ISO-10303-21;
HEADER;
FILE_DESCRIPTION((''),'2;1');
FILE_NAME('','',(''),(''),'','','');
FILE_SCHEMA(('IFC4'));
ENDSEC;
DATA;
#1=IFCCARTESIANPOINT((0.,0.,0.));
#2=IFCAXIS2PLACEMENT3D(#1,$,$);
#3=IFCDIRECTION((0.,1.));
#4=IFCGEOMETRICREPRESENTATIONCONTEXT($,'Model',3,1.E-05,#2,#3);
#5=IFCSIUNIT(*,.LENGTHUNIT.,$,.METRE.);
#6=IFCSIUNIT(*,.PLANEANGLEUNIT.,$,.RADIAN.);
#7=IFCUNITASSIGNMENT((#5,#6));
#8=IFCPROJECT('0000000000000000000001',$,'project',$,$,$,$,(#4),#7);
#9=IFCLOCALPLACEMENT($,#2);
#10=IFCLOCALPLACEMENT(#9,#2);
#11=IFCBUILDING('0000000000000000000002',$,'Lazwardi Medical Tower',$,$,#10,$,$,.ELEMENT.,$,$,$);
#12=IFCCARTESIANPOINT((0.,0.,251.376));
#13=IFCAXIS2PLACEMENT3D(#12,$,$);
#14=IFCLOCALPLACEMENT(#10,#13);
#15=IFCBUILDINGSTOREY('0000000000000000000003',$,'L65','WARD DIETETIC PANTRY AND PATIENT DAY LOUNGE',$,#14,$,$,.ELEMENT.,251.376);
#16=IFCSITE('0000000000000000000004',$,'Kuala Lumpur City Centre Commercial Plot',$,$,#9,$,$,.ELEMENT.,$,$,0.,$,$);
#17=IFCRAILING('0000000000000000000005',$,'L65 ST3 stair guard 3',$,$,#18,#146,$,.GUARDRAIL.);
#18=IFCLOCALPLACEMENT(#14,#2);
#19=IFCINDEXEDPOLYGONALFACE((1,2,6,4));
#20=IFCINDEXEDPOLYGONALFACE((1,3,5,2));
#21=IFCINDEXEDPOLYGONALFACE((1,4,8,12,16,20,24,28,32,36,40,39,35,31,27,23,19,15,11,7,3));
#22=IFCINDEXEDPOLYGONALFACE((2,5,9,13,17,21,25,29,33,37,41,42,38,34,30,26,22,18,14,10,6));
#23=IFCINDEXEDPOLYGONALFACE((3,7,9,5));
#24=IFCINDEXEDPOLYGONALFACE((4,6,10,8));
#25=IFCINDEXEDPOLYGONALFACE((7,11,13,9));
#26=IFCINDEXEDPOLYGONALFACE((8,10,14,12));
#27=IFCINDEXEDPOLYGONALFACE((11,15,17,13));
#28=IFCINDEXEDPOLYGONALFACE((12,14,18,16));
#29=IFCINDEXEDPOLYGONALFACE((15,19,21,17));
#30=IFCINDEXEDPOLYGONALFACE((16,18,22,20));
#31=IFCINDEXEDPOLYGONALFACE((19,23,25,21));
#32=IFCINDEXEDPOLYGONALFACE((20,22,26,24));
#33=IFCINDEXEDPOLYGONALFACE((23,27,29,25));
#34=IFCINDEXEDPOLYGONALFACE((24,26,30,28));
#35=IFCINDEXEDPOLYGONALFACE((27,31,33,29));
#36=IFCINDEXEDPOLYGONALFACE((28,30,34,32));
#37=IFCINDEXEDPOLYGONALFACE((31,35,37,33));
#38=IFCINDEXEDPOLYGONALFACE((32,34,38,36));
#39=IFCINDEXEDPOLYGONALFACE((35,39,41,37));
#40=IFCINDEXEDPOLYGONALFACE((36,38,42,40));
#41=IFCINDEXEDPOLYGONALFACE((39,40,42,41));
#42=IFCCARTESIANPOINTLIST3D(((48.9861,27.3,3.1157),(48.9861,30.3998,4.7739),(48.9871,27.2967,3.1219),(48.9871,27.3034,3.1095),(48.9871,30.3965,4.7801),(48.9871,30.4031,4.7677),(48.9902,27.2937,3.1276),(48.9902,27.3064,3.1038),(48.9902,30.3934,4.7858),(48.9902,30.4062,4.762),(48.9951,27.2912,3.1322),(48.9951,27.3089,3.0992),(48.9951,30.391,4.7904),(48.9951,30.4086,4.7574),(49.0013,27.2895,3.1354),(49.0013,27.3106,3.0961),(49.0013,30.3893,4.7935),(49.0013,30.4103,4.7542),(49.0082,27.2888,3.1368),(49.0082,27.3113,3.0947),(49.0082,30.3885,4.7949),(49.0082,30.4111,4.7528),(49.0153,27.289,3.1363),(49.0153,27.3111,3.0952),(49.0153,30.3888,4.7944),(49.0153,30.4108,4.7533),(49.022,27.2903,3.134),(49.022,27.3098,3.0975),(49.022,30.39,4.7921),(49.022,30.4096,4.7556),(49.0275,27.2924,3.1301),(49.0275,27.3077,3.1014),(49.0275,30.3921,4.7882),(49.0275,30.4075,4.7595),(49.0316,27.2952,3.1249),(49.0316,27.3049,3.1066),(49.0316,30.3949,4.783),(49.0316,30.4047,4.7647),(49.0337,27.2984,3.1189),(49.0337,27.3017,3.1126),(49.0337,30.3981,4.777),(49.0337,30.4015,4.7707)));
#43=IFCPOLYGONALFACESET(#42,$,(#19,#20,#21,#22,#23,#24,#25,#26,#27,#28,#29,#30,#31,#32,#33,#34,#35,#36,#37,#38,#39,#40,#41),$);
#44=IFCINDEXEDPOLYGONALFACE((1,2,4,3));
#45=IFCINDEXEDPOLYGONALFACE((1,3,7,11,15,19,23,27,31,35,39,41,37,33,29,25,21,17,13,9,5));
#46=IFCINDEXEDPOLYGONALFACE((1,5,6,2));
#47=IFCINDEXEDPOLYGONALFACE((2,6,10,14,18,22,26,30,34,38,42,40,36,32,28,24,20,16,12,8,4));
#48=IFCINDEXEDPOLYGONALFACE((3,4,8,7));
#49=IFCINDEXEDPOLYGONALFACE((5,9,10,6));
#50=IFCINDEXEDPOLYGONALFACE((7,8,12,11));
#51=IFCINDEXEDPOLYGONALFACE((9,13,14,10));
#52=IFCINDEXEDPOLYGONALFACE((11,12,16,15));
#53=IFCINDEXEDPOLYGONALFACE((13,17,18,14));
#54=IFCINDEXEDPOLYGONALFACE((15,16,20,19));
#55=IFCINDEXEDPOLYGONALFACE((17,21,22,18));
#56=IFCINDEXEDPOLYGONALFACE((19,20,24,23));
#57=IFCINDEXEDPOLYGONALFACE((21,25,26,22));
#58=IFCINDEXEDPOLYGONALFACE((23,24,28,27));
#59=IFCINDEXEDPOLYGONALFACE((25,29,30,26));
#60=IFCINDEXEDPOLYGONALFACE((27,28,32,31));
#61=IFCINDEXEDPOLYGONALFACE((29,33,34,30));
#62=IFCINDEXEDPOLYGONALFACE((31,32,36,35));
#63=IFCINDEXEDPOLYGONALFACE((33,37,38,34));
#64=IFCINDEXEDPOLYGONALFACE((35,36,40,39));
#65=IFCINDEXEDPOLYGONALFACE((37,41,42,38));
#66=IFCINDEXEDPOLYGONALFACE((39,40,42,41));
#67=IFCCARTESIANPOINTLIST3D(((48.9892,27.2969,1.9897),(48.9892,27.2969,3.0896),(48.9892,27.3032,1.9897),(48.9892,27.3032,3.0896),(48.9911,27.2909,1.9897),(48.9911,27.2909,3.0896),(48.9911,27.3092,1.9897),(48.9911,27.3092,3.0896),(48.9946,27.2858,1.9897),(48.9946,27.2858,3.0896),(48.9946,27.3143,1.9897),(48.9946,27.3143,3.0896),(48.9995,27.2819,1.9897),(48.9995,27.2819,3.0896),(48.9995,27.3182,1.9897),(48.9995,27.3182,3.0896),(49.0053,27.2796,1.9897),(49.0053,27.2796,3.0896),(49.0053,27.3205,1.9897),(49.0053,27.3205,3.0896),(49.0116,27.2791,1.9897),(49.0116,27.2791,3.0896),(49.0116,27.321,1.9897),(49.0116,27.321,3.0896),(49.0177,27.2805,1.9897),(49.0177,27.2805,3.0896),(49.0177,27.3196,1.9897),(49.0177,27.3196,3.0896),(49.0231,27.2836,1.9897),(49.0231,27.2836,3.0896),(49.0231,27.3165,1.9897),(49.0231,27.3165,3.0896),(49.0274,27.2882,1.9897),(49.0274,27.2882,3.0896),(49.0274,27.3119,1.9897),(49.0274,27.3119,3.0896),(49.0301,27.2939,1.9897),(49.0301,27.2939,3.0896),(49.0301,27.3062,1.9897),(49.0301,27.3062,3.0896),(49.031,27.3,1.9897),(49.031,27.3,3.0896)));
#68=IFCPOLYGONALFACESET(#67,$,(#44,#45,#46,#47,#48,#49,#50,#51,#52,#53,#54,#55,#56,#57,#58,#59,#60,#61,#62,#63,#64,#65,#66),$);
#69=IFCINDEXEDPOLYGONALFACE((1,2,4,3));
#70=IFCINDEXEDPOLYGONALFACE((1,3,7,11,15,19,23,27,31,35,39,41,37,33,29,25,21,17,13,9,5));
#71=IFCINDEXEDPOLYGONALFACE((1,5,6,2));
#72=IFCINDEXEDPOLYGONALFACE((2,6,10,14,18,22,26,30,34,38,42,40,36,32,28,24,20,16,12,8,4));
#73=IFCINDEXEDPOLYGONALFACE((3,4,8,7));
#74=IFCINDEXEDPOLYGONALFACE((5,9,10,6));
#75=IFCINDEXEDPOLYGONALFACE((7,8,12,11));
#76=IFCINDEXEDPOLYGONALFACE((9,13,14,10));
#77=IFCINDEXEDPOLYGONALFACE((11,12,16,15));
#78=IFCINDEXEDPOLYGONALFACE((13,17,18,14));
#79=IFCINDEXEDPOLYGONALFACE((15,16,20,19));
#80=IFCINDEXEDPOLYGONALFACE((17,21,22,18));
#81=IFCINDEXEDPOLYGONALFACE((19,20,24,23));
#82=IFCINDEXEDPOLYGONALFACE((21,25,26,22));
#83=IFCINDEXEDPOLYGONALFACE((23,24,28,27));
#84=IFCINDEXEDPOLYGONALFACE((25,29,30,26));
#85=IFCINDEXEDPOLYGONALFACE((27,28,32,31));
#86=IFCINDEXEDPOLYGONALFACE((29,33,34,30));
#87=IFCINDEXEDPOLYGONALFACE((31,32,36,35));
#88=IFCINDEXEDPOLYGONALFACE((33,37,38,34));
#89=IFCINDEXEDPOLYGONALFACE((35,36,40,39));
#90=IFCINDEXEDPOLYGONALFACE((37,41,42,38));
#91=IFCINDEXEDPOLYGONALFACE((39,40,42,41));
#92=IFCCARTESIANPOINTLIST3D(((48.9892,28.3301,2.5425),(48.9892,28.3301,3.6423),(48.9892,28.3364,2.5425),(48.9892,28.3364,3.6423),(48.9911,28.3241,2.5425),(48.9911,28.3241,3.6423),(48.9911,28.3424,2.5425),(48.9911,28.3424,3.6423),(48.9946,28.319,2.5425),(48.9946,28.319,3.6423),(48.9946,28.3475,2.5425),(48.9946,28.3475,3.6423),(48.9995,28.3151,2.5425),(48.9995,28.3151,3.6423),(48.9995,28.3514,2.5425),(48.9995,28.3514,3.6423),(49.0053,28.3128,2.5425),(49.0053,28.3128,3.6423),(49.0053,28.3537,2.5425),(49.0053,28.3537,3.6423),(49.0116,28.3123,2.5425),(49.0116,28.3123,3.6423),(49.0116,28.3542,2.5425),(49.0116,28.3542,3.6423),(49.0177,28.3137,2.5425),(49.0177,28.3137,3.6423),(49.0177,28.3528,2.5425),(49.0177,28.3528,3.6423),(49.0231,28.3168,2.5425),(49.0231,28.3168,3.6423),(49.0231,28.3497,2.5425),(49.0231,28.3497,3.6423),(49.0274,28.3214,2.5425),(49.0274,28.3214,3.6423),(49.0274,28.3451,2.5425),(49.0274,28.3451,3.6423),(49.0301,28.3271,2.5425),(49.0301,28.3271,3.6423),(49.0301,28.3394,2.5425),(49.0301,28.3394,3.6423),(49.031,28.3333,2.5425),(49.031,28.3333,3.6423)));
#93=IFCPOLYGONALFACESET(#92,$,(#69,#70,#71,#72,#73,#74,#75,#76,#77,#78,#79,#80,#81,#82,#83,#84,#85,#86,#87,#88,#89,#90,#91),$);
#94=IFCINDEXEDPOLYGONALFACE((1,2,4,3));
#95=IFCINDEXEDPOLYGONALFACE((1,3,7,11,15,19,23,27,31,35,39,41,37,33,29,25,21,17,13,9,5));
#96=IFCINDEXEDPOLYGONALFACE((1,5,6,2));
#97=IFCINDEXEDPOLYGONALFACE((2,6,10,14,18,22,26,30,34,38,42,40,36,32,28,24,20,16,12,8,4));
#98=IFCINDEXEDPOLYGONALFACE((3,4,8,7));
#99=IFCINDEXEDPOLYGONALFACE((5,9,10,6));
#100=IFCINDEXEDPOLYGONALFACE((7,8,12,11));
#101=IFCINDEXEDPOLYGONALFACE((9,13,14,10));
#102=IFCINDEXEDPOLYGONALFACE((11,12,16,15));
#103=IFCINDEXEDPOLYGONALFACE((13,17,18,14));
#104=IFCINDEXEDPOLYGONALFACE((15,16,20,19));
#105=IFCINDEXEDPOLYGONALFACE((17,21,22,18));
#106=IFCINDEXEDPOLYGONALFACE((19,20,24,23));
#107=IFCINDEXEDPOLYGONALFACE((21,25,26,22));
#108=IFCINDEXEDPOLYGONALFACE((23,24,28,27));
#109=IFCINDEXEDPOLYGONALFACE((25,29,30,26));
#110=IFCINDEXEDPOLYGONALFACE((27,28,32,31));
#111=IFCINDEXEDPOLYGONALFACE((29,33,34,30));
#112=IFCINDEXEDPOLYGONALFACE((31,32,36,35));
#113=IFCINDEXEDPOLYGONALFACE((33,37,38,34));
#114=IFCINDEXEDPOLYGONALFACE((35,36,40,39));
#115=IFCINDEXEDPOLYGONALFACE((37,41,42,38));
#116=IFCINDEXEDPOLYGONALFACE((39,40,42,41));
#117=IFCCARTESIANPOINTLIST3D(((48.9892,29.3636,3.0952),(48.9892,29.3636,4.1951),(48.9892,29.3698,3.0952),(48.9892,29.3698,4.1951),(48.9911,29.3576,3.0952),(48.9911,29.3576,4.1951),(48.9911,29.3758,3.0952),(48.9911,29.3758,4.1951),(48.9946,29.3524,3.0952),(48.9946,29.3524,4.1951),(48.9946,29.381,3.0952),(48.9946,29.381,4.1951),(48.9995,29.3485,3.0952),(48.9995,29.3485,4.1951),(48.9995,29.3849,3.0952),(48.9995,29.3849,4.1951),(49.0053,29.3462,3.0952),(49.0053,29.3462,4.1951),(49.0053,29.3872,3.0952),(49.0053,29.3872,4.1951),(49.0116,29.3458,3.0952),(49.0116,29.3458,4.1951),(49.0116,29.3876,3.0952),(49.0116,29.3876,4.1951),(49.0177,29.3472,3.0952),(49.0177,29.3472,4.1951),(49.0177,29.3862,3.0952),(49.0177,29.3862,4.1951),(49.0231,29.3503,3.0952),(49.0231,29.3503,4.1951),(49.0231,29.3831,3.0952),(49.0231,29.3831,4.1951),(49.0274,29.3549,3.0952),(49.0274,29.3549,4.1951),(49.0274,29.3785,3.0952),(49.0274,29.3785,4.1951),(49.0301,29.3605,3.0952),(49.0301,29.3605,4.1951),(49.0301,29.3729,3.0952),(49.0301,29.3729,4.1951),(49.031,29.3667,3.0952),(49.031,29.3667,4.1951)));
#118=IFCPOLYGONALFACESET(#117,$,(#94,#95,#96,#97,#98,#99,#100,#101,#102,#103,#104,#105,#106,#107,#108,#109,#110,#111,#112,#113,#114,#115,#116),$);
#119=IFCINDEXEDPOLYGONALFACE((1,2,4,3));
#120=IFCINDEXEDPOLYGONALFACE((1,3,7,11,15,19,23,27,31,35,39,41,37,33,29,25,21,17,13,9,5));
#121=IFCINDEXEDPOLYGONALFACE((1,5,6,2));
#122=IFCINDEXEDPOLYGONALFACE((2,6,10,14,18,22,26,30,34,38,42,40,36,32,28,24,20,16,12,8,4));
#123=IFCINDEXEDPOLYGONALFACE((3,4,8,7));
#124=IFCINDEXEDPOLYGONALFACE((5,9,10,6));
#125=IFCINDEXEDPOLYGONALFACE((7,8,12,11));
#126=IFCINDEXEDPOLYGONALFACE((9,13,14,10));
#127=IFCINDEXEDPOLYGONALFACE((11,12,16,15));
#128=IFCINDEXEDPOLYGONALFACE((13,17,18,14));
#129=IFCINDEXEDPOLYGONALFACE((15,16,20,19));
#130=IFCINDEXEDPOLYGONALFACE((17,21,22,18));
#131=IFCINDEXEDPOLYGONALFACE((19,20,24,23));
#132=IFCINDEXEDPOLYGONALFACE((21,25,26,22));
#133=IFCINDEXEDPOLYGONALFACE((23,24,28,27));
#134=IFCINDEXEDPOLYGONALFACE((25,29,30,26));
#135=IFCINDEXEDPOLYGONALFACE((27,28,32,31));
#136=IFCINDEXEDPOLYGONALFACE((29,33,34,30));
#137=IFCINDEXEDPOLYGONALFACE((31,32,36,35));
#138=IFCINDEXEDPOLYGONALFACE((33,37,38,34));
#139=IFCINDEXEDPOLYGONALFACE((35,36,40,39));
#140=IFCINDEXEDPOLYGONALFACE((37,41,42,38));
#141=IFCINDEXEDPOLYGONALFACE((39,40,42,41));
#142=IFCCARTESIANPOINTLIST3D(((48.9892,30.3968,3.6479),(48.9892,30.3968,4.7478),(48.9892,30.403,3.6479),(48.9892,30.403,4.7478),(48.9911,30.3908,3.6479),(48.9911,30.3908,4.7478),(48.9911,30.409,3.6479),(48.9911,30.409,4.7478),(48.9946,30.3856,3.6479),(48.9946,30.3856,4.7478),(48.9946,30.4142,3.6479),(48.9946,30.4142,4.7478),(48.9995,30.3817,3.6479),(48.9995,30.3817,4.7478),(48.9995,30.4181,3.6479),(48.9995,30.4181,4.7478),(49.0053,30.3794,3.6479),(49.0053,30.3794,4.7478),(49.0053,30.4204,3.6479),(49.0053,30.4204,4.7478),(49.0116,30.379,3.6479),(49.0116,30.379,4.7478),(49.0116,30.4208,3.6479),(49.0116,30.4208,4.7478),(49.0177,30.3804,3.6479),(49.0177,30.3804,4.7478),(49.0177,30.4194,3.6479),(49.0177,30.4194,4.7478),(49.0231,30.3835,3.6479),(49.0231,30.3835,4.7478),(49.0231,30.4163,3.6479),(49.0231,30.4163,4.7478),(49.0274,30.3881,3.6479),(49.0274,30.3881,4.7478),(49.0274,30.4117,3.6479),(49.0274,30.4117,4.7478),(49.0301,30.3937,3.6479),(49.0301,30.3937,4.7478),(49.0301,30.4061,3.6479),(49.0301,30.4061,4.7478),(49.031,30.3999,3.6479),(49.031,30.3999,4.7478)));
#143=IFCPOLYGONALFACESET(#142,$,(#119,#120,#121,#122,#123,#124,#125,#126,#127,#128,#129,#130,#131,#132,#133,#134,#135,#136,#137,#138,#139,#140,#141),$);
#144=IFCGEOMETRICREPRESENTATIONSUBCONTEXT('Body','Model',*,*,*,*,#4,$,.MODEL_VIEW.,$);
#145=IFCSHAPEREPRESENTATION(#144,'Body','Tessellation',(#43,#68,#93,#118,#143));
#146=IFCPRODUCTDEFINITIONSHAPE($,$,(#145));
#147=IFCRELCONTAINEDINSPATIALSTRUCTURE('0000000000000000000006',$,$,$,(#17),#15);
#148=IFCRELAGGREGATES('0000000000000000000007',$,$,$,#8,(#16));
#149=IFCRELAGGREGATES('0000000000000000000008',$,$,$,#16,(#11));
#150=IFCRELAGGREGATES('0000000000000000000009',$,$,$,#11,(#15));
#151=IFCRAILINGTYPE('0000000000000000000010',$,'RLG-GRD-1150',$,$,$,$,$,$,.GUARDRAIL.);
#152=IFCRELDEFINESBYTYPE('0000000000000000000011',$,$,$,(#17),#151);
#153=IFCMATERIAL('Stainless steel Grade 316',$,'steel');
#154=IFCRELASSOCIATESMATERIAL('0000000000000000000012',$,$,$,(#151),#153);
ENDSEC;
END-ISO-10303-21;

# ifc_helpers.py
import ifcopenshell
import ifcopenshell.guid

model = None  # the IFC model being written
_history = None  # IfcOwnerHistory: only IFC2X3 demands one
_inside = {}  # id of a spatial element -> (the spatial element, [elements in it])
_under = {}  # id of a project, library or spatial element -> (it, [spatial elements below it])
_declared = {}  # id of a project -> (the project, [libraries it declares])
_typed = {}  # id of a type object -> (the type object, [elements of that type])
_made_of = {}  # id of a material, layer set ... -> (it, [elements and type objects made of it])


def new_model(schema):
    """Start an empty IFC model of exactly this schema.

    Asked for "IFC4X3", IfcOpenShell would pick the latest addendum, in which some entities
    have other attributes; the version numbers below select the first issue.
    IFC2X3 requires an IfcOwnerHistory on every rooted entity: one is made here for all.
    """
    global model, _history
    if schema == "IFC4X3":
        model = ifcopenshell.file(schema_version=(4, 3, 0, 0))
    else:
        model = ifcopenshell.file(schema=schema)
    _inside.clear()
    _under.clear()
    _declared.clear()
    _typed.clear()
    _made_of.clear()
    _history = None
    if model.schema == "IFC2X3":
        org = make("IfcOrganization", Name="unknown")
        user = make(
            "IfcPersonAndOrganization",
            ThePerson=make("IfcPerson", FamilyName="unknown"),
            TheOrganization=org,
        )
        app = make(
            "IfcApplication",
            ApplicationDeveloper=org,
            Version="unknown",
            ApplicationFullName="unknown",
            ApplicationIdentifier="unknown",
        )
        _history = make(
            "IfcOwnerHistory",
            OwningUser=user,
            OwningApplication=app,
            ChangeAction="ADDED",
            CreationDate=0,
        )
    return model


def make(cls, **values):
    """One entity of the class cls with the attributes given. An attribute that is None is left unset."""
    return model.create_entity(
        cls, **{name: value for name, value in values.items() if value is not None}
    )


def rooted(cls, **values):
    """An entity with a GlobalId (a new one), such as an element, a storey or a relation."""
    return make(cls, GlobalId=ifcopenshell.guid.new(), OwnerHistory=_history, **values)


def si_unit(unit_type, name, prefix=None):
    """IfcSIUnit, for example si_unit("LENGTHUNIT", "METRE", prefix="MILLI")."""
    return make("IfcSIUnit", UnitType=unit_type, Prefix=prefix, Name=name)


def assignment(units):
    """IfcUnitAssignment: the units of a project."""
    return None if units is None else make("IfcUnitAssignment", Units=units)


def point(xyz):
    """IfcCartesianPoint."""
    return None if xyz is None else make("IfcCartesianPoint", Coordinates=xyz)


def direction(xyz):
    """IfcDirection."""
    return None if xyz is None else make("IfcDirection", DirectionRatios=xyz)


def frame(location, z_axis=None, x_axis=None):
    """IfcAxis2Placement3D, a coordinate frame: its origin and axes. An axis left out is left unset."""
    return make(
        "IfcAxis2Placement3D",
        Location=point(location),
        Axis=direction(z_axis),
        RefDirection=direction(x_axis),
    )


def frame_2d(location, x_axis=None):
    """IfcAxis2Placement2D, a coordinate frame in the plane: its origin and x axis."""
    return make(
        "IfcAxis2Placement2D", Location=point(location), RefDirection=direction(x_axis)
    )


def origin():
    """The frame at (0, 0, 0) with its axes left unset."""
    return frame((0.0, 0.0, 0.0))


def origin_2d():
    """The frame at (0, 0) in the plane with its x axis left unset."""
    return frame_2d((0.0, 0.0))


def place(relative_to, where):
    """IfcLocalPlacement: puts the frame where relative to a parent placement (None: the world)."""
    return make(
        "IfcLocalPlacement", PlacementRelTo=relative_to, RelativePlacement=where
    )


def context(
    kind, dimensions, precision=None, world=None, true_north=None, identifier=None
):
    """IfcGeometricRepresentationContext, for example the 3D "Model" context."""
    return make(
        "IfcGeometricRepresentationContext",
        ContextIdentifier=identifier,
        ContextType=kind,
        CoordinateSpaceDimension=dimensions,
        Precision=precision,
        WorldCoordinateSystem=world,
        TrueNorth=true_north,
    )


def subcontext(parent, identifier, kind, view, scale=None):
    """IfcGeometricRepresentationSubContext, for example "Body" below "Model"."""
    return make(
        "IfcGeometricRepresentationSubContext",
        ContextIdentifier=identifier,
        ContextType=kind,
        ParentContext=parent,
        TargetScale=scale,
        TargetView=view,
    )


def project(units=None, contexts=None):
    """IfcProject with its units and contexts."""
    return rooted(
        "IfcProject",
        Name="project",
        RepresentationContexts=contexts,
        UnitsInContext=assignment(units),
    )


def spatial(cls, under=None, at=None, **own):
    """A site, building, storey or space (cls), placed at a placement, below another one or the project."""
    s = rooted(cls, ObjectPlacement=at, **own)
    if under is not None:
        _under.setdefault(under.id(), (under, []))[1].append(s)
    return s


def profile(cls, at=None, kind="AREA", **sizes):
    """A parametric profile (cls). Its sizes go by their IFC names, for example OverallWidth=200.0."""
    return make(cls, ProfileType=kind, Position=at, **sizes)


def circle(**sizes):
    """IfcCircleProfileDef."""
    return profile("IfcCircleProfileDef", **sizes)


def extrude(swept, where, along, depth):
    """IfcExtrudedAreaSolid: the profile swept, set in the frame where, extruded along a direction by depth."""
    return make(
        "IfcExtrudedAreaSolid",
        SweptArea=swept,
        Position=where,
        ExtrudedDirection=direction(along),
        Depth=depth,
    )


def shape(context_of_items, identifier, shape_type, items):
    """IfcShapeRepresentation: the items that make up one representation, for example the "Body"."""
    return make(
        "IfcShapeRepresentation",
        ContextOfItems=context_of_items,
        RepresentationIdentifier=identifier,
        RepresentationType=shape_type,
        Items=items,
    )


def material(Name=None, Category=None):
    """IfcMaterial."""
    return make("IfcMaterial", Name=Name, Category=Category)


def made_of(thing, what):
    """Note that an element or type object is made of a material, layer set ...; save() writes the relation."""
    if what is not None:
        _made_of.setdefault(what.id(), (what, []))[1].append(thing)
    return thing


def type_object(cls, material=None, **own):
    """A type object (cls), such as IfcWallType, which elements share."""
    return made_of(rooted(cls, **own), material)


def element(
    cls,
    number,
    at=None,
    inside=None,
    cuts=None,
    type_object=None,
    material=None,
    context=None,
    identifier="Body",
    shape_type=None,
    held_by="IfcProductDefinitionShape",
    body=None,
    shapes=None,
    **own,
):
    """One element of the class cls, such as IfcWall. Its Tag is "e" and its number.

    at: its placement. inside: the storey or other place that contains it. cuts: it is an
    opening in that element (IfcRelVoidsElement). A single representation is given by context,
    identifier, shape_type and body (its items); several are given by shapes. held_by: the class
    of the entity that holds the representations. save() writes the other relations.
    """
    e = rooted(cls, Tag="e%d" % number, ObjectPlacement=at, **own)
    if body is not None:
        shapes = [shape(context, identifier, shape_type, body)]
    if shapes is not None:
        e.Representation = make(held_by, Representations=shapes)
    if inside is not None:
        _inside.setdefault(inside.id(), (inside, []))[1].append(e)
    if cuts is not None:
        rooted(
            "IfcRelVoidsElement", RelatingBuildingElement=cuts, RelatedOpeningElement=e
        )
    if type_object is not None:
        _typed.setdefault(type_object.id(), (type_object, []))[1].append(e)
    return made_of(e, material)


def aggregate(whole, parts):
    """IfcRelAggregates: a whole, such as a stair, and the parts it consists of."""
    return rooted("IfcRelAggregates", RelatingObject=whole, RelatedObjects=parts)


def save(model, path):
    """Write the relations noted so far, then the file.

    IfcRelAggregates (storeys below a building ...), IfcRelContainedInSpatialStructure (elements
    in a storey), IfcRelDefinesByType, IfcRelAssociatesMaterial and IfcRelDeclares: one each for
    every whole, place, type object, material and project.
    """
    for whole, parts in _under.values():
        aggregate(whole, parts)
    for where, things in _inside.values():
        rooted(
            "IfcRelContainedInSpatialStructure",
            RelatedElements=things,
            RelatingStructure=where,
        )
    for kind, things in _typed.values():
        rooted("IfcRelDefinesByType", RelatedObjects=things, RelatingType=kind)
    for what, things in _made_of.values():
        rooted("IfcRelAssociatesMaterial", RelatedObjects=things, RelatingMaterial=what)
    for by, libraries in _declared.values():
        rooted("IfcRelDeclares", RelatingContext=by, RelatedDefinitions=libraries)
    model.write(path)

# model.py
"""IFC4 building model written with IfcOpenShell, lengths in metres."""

from ifc_helpers import new_model, si_unit, direction, frame, origin, origin_2d, place, context, subcontext, project, spatial, circle, extrude, material, type_object, element, save


model = new_model("IFC4")

# Units and contexts
model_context = context("Model", 3, precision=1e-05, world=origin(), true_north=direction((0.0, 1.0)))
body_context = subcontext(model_context, "Body", "Model", "MODEL_VIEW")
ifc_project = project(units=[si_unit("LENGTHUNIT", "METRE"), si_unit("PLANEANGLEUNIT", "RADIAN")], contexts=[model_context])

# Site, building, storey
site_placement = place(None, origin())
site = spatial("IfcSite", under=ifc_project, at=site_placement, Name="Kuala Lumpur City Centre Commercial Plot", CompositionType="ELEMENT", RefElevation=0.0)
building_placement = place(site_placement, origin())
building = spatial("IfcBuilding", under=site, at=building_placement, Name="Lazwardi Medical Tower", CompositionType="ELEMENT")
storey_placement = place(building_placement, frame((0.0, 0.0, 251.376)))
storey = spatial("IfcBuildingStorey", under=building, at=storey_placement, Name="L65", Description="WARD DIETETIC PANTRY AND PATIENT DAY LOUNGE", CompositionType="ELEMENT", Elevation=251.376)

# Railing
ifc_material_1 = material(Name="Stainless steel Grade 316", Category="steel")
railing_type_1 = type_object("IfcRailingType", Name="RLG-GRD-1150", PredefinedType="GUARDRAIL", material=ifc_material_1)
railing_1_placement = place(storey_placement, frame((49.01, 27.3, 1.9897)))
element("IfcRailing", 1, at=railing_1_placement, inside=storey, type_object=railing_type_1, Name="L65 ST3 stair guard 3", PredefinedType="GUARDRAIL", context=body_context, shape_type="SweptSolid", body=[
    extrude(circle(Radius=0.0239, at=origin_2d()), frame((0.0, 0.0, 1.126), z_axis=(0.0, 0.881768, 0.471684), x_axis=(-1.0, 0.0, 0.0)), (0.0, 0.0, 1.0), 3.5154),
    extrude(circle(Radius=0.021, at=origin_2d()), origin(), (0.0, 0.0, 1.0), 1.0999),
    extrude(circle(Radius=0.021, at=origin_2d()), frame((0.0, 1.0332, 0.5527)), (0.0, 0.0, 1.0), 1.0999),
    extrude(circle(Radius=0.021, at=origin_2d()), frame((0.0, 2.0667, 1.1055)), (0.0, 0.0, 1.0), 1.0999),
    extrude(circle(Radius=0.021, at=origin_2d()), frame((0.0, 3.0999, 1.6582)), (0.0, 0.0, 1.0), 1.0999),
])

save(model, "model.ifc")
